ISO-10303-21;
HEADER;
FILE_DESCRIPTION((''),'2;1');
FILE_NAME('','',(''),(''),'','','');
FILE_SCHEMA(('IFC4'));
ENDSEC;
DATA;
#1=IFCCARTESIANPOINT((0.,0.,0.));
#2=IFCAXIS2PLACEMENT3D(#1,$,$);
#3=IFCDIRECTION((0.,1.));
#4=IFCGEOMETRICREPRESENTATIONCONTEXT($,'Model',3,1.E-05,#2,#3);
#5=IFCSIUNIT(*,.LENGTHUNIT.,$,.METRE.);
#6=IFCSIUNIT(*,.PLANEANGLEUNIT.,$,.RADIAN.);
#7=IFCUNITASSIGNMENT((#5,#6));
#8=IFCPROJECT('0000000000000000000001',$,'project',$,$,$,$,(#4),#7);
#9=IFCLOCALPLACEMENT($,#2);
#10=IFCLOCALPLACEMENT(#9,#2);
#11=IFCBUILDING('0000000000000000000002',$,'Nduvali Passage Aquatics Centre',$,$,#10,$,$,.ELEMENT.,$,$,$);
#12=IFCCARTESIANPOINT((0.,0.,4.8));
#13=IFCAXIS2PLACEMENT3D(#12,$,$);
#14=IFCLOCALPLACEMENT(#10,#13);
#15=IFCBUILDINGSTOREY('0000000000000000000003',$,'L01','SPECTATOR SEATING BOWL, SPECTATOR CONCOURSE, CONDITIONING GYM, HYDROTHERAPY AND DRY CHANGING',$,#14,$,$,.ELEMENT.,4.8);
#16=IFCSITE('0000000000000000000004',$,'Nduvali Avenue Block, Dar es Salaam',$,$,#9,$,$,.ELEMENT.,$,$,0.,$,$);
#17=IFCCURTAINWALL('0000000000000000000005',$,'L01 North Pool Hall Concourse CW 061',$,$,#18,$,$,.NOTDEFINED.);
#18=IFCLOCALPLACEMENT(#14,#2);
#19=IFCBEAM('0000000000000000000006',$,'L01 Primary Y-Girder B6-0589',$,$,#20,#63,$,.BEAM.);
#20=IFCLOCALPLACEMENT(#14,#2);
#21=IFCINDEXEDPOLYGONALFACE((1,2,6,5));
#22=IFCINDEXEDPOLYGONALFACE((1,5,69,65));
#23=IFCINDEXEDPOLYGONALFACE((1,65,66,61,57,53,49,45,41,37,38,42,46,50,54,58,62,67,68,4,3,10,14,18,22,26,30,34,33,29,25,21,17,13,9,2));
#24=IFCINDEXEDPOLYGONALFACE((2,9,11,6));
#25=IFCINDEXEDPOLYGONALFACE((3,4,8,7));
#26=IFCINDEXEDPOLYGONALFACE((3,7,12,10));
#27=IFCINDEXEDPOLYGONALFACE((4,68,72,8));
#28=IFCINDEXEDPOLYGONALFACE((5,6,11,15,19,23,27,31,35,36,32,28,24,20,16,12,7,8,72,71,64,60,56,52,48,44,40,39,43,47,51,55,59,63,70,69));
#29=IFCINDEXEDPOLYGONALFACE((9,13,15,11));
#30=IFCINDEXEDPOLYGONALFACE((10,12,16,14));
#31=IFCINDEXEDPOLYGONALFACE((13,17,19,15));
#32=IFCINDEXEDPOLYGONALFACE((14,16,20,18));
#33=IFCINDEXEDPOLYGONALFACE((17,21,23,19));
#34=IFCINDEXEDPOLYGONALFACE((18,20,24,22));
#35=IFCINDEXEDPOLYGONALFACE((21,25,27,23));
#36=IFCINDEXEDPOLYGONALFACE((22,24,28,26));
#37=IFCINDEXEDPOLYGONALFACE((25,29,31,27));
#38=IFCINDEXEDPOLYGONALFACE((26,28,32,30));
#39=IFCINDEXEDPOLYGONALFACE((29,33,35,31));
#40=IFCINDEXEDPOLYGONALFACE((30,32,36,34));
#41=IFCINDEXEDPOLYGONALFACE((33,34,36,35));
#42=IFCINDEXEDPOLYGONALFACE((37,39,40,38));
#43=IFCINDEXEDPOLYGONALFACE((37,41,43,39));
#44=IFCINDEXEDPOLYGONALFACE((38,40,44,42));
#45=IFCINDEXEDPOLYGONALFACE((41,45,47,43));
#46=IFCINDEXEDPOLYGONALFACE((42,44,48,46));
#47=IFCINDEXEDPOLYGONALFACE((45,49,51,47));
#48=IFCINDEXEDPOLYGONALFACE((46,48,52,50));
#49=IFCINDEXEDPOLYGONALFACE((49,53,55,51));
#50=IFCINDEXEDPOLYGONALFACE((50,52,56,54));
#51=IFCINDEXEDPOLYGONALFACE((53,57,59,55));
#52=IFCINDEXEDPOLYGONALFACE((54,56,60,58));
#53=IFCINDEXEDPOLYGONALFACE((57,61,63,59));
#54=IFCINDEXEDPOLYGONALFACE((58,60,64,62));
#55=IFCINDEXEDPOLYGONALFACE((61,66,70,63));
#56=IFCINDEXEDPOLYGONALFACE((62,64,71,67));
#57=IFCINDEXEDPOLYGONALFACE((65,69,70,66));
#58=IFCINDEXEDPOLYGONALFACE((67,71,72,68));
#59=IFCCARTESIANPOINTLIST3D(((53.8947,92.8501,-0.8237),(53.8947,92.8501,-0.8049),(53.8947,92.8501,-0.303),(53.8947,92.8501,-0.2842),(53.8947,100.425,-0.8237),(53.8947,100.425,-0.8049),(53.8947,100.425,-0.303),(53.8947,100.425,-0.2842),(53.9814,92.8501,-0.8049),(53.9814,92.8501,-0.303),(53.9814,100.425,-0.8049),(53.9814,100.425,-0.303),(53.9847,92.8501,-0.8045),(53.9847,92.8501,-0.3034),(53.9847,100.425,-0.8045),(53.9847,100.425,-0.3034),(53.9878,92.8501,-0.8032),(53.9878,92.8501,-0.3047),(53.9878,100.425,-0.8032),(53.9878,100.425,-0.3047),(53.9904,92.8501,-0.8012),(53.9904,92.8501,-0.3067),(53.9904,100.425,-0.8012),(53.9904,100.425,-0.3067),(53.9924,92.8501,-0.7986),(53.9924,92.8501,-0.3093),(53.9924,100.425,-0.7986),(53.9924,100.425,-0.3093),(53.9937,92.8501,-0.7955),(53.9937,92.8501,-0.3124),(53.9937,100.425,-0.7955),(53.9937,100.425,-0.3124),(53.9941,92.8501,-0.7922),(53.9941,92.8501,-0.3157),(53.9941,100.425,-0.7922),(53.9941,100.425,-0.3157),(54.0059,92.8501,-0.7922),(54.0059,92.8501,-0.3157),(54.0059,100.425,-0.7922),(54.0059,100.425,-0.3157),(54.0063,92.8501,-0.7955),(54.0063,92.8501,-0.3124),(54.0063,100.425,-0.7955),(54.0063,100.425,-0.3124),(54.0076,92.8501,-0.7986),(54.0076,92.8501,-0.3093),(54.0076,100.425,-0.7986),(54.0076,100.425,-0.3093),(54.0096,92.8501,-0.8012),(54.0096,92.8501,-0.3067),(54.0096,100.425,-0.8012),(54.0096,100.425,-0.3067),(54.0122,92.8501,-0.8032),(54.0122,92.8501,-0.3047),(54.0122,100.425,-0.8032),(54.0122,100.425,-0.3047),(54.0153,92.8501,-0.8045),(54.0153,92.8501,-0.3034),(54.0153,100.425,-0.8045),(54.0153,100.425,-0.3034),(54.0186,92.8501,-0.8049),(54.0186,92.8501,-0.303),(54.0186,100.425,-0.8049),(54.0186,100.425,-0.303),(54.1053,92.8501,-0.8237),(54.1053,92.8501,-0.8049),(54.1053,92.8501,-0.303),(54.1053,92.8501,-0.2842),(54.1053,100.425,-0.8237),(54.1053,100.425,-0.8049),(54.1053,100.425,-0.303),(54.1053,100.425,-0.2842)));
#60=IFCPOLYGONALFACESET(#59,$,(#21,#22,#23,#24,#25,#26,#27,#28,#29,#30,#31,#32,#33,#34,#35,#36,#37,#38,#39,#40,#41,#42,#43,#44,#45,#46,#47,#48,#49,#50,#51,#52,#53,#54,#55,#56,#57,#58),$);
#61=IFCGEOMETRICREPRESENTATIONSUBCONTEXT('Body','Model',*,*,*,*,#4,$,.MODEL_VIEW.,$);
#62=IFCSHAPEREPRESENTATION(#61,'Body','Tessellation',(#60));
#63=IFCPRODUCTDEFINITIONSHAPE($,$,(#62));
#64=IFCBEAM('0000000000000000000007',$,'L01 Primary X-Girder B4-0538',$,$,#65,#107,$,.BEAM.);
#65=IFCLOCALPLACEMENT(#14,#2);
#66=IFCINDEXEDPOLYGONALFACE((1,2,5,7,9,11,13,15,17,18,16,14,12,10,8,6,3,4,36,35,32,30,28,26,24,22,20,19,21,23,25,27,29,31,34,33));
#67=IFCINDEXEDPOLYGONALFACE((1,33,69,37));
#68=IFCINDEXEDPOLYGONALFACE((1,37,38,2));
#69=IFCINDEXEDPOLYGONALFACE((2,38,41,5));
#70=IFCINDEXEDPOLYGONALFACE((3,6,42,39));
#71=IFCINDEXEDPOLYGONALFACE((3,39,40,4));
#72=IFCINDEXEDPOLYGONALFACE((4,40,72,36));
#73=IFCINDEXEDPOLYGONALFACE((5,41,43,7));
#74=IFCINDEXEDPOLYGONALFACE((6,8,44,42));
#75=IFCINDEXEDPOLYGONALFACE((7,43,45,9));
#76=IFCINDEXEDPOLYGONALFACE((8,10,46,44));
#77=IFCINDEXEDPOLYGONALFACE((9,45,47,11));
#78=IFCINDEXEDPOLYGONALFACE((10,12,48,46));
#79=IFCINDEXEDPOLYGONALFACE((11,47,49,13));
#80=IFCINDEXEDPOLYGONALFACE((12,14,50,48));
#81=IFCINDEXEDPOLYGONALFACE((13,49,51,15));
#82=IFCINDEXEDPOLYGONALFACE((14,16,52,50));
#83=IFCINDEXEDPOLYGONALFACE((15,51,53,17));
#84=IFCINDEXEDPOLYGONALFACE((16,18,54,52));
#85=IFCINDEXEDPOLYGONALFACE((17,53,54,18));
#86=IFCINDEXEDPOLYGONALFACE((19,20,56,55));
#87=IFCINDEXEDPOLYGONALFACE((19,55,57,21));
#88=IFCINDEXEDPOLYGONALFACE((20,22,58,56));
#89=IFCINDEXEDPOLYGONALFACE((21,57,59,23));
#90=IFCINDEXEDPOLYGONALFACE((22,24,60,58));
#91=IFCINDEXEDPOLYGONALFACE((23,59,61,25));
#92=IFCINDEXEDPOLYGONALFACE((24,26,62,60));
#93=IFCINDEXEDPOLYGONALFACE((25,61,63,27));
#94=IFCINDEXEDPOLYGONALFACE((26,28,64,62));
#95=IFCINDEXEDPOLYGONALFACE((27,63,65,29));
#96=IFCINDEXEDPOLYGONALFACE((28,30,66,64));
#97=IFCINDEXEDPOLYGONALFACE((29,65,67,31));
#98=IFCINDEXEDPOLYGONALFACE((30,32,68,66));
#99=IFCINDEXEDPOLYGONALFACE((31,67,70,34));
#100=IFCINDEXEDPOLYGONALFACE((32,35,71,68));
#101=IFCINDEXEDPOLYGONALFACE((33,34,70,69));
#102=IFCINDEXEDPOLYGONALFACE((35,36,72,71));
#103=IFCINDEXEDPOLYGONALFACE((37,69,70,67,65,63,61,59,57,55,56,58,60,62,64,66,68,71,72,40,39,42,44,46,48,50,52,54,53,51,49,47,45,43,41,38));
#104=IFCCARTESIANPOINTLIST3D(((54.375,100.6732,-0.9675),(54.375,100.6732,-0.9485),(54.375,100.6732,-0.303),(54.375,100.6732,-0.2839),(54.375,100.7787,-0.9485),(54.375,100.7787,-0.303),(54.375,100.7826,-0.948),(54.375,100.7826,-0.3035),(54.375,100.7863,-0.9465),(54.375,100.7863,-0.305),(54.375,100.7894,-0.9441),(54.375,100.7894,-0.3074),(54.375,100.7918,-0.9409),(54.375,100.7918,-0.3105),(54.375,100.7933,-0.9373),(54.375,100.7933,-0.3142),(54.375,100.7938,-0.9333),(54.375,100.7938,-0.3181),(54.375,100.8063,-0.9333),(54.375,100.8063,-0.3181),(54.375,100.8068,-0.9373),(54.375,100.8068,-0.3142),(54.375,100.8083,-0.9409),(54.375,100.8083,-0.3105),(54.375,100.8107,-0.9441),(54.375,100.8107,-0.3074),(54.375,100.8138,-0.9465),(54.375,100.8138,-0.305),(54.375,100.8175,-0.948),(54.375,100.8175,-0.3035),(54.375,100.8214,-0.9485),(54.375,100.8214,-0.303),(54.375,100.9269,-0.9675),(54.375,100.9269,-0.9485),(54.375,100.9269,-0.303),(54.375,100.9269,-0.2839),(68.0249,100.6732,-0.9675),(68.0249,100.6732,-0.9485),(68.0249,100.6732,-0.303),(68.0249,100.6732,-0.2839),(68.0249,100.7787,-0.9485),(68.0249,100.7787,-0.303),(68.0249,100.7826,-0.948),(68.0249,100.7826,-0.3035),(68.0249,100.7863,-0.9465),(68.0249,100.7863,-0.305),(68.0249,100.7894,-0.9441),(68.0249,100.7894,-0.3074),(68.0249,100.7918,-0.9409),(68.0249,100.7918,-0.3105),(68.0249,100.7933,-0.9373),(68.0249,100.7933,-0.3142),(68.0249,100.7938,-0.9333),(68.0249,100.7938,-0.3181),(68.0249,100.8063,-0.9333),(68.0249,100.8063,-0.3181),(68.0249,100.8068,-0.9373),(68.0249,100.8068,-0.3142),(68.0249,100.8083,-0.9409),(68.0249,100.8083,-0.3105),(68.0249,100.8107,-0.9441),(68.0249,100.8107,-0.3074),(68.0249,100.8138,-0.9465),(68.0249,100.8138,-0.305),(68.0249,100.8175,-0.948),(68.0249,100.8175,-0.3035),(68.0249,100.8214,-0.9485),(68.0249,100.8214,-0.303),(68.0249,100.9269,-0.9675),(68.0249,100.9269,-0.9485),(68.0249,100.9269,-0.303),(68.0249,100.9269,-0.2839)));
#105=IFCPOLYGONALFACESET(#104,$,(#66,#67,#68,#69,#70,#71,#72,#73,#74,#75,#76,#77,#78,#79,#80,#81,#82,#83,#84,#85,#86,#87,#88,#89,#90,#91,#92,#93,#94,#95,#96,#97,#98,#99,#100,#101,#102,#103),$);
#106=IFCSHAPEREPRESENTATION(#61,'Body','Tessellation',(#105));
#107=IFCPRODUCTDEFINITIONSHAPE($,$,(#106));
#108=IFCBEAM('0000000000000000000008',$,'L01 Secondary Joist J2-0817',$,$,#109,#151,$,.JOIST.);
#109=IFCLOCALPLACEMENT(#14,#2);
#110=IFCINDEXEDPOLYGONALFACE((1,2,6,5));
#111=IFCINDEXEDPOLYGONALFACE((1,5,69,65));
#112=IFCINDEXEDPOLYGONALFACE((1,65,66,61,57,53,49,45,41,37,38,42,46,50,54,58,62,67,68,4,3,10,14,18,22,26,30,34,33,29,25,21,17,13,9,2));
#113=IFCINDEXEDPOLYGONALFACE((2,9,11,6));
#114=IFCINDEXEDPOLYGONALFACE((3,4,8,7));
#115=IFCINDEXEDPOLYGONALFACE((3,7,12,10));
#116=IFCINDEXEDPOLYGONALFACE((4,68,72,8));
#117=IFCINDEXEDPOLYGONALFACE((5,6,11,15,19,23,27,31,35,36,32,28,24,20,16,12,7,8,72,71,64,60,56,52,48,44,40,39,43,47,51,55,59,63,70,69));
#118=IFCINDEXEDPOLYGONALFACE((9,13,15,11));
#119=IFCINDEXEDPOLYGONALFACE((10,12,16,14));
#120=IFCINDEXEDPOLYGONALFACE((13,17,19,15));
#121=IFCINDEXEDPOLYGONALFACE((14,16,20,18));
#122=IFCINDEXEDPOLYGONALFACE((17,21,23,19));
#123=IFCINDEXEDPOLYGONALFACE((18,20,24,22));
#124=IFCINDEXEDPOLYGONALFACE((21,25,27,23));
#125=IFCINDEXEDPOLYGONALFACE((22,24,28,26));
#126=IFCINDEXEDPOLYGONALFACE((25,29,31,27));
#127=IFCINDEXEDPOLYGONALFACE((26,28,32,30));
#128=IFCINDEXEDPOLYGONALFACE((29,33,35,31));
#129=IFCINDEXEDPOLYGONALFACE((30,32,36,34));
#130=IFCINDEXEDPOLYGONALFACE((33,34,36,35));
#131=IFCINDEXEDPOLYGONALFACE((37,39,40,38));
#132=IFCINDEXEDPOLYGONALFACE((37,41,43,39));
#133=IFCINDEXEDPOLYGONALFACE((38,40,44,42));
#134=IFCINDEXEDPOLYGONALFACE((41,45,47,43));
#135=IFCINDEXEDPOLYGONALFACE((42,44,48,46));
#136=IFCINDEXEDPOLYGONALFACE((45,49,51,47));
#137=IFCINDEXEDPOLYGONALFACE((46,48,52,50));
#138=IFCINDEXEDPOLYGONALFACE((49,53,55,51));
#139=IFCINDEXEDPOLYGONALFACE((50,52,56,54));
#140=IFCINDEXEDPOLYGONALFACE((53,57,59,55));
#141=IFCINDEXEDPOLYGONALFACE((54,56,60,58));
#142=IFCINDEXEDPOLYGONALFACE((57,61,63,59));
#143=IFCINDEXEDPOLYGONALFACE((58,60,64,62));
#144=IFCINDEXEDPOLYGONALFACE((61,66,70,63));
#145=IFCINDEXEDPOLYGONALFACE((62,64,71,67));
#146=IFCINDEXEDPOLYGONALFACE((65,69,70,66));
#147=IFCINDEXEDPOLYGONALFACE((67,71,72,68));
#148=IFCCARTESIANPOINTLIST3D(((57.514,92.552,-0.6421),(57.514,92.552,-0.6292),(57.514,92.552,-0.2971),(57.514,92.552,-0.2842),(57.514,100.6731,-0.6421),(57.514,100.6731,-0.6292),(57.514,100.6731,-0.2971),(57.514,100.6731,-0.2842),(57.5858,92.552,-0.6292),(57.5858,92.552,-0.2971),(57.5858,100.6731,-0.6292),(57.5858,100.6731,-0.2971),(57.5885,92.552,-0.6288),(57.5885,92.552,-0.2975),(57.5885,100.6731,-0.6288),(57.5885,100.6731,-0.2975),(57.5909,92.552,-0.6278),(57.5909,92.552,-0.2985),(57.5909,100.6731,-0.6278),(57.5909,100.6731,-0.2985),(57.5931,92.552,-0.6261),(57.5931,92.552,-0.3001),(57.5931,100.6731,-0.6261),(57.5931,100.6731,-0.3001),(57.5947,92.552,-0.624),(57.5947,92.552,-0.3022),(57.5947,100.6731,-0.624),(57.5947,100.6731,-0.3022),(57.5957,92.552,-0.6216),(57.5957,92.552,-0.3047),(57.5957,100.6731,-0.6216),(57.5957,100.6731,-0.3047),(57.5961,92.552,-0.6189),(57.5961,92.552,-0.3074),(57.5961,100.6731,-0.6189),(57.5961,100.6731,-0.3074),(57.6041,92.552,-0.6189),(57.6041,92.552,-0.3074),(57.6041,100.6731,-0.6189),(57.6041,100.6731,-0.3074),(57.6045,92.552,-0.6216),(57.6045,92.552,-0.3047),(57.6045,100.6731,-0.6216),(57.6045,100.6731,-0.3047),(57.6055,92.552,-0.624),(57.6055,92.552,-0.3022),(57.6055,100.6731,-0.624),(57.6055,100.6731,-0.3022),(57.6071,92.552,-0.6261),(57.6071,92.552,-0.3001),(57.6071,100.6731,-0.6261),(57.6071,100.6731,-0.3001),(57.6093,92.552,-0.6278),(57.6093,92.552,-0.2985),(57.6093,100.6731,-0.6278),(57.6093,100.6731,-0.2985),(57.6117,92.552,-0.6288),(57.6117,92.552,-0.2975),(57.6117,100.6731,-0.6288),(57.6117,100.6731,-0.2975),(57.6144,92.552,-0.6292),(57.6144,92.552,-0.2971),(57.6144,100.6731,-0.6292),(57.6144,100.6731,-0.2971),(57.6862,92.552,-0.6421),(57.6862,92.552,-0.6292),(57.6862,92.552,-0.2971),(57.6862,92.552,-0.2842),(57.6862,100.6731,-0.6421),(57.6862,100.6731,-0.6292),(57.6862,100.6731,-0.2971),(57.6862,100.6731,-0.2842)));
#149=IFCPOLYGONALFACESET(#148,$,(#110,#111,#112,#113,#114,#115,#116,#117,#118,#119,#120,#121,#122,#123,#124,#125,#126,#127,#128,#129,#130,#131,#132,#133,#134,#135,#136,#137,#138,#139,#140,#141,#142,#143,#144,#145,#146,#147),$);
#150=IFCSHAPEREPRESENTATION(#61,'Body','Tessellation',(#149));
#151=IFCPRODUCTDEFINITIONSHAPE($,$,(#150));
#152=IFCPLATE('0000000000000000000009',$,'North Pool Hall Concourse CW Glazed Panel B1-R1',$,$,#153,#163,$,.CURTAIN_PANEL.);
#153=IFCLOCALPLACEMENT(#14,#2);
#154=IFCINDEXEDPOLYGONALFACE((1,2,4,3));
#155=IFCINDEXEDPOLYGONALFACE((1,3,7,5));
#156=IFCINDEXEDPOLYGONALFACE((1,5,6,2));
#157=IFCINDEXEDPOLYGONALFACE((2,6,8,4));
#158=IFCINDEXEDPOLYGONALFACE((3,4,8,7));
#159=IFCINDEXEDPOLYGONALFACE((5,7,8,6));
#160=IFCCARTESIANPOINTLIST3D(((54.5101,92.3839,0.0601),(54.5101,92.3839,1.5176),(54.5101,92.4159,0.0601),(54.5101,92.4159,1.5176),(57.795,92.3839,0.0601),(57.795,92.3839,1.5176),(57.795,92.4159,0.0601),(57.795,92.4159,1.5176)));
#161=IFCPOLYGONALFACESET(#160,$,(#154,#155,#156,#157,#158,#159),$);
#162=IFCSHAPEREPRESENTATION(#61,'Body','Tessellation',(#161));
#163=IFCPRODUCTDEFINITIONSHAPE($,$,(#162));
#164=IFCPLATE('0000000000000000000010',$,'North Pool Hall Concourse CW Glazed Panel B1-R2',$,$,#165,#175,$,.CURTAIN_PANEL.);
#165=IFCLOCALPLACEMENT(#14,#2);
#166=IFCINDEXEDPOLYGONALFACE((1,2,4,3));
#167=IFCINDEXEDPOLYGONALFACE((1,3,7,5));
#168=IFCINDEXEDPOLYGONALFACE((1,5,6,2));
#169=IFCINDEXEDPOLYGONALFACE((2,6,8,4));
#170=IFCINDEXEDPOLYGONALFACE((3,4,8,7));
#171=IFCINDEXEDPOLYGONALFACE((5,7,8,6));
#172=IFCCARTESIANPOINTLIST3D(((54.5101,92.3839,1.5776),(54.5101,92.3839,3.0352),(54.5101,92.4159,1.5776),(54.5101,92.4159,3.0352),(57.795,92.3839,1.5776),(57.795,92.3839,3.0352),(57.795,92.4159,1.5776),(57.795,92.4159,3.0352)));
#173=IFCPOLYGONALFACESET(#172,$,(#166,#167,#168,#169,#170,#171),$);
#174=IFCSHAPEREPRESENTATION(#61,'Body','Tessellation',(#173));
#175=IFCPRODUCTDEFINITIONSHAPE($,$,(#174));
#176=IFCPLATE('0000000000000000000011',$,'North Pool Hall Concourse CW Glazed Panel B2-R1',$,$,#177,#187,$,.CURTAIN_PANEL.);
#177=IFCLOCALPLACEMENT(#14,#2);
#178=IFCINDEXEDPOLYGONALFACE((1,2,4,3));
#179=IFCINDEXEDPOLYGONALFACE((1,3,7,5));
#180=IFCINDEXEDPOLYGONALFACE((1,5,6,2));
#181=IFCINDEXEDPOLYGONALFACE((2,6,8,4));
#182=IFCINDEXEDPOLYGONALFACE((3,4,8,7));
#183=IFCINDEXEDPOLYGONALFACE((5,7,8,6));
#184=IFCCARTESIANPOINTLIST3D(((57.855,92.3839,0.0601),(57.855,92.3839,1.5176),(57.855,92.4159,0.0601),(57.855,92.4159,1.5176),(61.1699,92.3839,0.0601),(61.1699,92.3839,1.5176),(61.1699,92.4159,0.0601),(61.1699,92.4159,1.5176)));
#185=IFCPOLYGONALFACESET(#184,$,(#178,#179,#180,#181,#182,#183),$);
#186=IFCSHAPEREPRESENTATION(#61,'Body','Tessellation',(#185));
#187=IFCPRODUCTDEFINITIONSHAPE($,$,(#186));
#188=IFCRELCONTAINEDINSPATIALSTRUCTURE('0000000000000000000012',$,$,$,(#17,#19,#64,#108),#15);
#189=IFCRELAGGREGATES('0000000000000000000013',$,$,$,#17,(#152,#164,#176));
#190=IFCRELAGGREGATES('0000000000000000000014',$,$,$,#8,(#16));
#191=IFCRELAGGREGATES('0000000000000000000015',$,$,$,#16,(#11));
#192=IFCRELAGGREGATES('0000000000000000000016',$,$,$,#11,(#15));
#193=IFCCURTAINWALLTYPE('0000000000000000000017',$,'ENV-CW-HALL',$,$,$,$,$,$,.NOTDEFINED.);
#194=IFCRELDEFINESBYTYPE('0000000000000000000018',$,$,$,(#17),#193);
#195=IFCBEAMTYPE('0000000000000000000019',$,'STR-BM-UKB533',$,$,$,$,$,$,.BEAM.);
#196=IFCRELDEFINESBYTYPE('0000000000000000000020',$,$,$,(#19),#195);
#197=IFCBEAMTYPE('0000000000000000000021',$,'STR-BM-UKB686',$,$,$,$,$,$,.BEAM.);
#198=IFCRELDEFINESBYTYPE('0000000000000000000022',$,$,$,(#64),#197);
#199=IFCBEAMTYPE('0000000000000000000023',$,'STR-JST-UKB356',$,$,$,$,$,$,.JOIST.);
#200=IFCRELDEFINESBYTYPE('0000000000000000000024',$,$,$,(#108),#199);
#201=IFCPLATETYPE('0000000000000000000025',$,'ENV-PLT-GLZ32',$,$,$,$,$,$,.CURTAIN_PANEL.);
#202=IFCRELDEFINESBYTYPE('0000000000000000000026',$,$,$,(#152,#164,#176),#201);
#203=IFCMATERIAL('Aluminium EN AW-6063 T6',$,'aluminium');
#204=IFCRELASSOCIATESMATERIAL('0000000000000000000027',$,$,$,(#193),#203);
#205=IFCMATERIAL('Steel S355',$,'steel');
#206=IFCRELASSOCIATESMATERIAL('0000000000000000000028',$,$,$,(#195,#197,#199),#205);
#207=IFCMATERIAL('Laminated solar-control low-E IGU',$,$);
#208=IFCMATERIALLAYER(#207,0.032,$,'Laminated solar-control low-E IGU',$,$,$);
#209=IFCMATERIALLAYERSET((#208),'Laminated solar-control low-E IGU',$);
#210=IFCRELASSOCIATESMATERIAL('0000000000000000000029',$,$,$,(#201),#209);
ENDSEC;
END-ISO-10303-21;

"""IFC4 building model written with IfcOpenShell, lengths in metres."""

from ifc_helpers import new_model, si_unit, direction, frame, origin, origin_2d, place, context, subcontext, project, spatial, rectangle, i_section, extrude, material, layer, layer_set, material_profile, profile_set, type_object, element, aggregate, save


model = new_model("IFC4")

# Units and contexts
model_context = context("Model", 3, precision=1e-05, world=origin(), true_north=direction((0.0, 1.0)))
body_context = subcontext(model_context, "Body", "Model", "MODEL_VIEW")
ifc_project = project(units=[si_unit("LENGTHUNIT", "METRE"), si_unit("PLANEANGLEUNIT", "RADIAN")], contexts=[model_context])

# Site, building, storey
site_placement = place(None, origin())
site = spatial("IfcSite", under=ifc_project, at=site_placement, Name="Nduvali Avenue Block, Dar es Salaam", CompositionType="ELEMENT", RefElevation=0.0)
building_placement = place(site_placement, origin())
building = spatial("IfcBuilding", under=site, at=building_placement, Name="Nduvali Passage Aquatics Centre", CompositionType="ELEMENT")
storey_placement = place(building_placement, frame((0.0, 0.0, 4.8)))
storey = spatial("IfcBuildingStorey", under=building, at=storey_placement, Name="L01", Description="SPECTATOR SEATING BOWL, SPECTATOR CONCOURSE, CONDITIONING GYM, HYDROTHERAPY AND DRY CHANGING", CompositionType="ELEMENT", Elevation=4.8)

# Shared definitions
ifc_material_1 = material(Name="Steel S355", Category="steel")

# Curtain wall
ifc_material_2 = material(Name="Aluminium EN AW-6063 T6", Category="aluminium")
curtain_wall_type = type_object("IfcCurtainWallType", Name="ENV-CW-HALL", PredefinedType="NOTDEFINED", material=ifc_material_2)
curtain_wall_placement = place(storey_placement, origin())
curtain_wall = element("IfcCurtainWall", 1, at=curtain_wall_placement, inside=storey, type_object=curtain_wall_type, Name="L01 North Pool Hall Concourse CW 061", PredefinedType="NOTDEFINED")

# Beams
ifc_material_profile_1 = material_profile(ifc_material_1, i_section(OverallWidth=0.2107, OverallDepth=0.5396, WebThickness=0.0117, FlangeThickness=0.0188, FilletRadius=0.0127, at=origin_2d()), Name="UKB 533x210x109")
ifc_profile_set_1 = profile_set([ifc_material_profile_1], Name="Steel S355")
beam_type_1 = type_object("IfcBeamType", Name="STR-BM-UKB533", PredefinedType="BEAM", material=ifc_profile_set_1)
beam_1_placement = place(storey_placement, frame((54.0, 92.8501, -0.554), z_axis=(0.0, 1.0, 0.0), x_axis=(-1.0, 0.0, 0.0)))
element("IfcBeam", 2, at=beam_1_placement, inside=storey, type_object=beam_type_1, Name="L01 Primary Y-Girder B6-0589", PredefinedType="BEAM", context=body_context, shape_type="SweptSolid", body=[
    extrude(i_section(OverallWidth=0.2107, OverallDepth=0.5396, WebThickness=0.0117, FlangeThickness=0.0188, FilletRadius=0.0127, at=origin_2d()), origin(), (0.0, 0.0, 1.0), 7.575),
])
ifc_material_profile_2 = material_profile(ifc_material_1, i_section(OverallWidth=0.2537, OverallDepth=0.6836, WebThickness=0.0125, FlangeThickness=0.019, FilletRadius=0.0151, at=origin_2d()), Name="UKB 686x254x140")
ifc_profile_set_2 = profile_set([ifc_material_profile_2], Name="Steel S355")
beam_type_2 = type_object("IfcBeamType", Name="STR-BM-UKB686", PredefinedType="BEAM", material=ifc_profile_set_2)
beam_2_placement = place(storey_placement, frame((54.375, 100.8, -0.6257), z_axis=(1.0, 0.0, 0.0), x_axis=(0.0, 1.0, 0.0)))
element("IfcBeam", 3, at=beam_2_placement, inside=storey, type_object=beam_type_2, Name="L01 Primary X-Girder B4-0538", PredefinedType="BEAM", context=body_context, shape_type="SweptSolid", body=[
    extrude(i_section(OverallWidth=0.2537, OverallDepth=0.6836, WebThickness=0.0125, FlangeThickness=0.019, FilletRadius=0.0151, at=origin_2d()), origin(), (0.0, 0.0, 1.0), 13.6499),
])
ifc_material_profile_3 = material_profile(ifc_material_1, i_section(OverallWidth=0.1721, OverallDepth=0.3579, WebThickness=0.0081, FlangeThickness=0.0129, FilletRadius=0.0103, at=origin_2d()), Name="UKB 356x171x57")
ifc_profile_set_3 = profile_set([ifc_material_profile_3], Name="Steel S355")
beam_type_3 = type_object("IfcBeamType", Name="STR-JST-UKB356", PredefinedType="JOIST", material=ifc_profile_set_3)
beam_3_placement = place(storey_placement, frame((57.6001, 92.552, -0.4631), z_axis=(0.0, 1.0, 0.0), x_axis=(-1.0, 0.0, 0.0)))
element("IfcBeam", 4, at=beam_3_placement, inside=storey, type_object=beam_type_3, Name="L01 Secondary Joist J2-0817", PredefinedType="JOIST", context=body_context, shape_type="SweptSolid", body=[
    extrude(i_section(OverallWidth=0.1721, OverallDepth=0.3579, WebThickness=0.0081, FlangeThickness=0.0129, FilletRadius=0.0103, at=origin_2d()), origin(), (0.0, 0.0, 1.0), 8.1211),
])

# Plates
ifc_material_3 = material(Name="Laminated solar-control low-E IGU")
ifc_layer_1 = layer(ifc_material_3, 0.032, Name="Laminated solar-control low-E IGU")
ifc_layer_set_1 = layer_set([ifc_layer_1], Name="Laminated solar-control low-E IGU")
plate_type = type_object("IfcPlateType", Name="ENV-PLT-GLZ32", PredefinedType="CURTAIN_PANEL", material=ifc_layer_set_1)
plate_1_placement = place(storey_placement, frame((56.1526, 92.3999, 0.0601), z_axis=(0.0, 0.0, 1.0), x_axis=(1.0, 0.0, 0.0)))
plate_1 = element("IfcPlate", 5, at=plate_1_placement, type_object=plate_type, Name="North Pool Hall Concourse CW Glazed Panel B1-R1", PredefinedType="CURTAIN_PANEL", context=body_context, shape_type="SweptSolid", body=[
    extrude(rectangle(XDim=3.2849, YDim=0.032, at=origin_2d()), origin(), (0.0, 0.0, 1.0), 1.4575),
])
plate_2_placement = place(storey_placement, frame((56.1526, 92.3999, 1.5776), z_axis=(0.0, 0.0, 1.0), x_axis=(1.0, 0.0, 0.0)))
plate_2 = element("IfcPlate", 6, at=plate_2_placement, type_object=plate_type, Name="North Pool Hall Concourse CW Glazed Panel B1-R2", PredefinedType="CURTAIN_PANEL", context=body_context, shape_type="SweptSolid", body=[
    extrude(rectangle(XDim=3.2849, YDim=0.032, at=origin_2d()), origin(), (0.0, 0.0, 1.0), 1.4575),
])
plate_3_placement = place(storey_placement, frame((59.5125, 92.3999, 0.0601), z_axis=(0.0, 0.0, 1.0), x_axis=(1.0, 0.0, 0.0)))
plate_3 = element("IfcPlate", 7, at=plate_3_placement, type_object=plate_type, Name="North Pool Hall Concourse CW Glazed Panel B2-R1", PredefinedType="CURTAIN_PANEL", context=body_context, shape_type="SweptSolid", body=[
    extrude(rectangle(XDim=3.3149, YDim=0.032, at=origin_2d()), origin(), (0.0, 0.0, 1.0), 1.4575),
])
aggregate(curtain_wall, [plate_1, plate_2, plate_3])

save(model, "model.ifc")
